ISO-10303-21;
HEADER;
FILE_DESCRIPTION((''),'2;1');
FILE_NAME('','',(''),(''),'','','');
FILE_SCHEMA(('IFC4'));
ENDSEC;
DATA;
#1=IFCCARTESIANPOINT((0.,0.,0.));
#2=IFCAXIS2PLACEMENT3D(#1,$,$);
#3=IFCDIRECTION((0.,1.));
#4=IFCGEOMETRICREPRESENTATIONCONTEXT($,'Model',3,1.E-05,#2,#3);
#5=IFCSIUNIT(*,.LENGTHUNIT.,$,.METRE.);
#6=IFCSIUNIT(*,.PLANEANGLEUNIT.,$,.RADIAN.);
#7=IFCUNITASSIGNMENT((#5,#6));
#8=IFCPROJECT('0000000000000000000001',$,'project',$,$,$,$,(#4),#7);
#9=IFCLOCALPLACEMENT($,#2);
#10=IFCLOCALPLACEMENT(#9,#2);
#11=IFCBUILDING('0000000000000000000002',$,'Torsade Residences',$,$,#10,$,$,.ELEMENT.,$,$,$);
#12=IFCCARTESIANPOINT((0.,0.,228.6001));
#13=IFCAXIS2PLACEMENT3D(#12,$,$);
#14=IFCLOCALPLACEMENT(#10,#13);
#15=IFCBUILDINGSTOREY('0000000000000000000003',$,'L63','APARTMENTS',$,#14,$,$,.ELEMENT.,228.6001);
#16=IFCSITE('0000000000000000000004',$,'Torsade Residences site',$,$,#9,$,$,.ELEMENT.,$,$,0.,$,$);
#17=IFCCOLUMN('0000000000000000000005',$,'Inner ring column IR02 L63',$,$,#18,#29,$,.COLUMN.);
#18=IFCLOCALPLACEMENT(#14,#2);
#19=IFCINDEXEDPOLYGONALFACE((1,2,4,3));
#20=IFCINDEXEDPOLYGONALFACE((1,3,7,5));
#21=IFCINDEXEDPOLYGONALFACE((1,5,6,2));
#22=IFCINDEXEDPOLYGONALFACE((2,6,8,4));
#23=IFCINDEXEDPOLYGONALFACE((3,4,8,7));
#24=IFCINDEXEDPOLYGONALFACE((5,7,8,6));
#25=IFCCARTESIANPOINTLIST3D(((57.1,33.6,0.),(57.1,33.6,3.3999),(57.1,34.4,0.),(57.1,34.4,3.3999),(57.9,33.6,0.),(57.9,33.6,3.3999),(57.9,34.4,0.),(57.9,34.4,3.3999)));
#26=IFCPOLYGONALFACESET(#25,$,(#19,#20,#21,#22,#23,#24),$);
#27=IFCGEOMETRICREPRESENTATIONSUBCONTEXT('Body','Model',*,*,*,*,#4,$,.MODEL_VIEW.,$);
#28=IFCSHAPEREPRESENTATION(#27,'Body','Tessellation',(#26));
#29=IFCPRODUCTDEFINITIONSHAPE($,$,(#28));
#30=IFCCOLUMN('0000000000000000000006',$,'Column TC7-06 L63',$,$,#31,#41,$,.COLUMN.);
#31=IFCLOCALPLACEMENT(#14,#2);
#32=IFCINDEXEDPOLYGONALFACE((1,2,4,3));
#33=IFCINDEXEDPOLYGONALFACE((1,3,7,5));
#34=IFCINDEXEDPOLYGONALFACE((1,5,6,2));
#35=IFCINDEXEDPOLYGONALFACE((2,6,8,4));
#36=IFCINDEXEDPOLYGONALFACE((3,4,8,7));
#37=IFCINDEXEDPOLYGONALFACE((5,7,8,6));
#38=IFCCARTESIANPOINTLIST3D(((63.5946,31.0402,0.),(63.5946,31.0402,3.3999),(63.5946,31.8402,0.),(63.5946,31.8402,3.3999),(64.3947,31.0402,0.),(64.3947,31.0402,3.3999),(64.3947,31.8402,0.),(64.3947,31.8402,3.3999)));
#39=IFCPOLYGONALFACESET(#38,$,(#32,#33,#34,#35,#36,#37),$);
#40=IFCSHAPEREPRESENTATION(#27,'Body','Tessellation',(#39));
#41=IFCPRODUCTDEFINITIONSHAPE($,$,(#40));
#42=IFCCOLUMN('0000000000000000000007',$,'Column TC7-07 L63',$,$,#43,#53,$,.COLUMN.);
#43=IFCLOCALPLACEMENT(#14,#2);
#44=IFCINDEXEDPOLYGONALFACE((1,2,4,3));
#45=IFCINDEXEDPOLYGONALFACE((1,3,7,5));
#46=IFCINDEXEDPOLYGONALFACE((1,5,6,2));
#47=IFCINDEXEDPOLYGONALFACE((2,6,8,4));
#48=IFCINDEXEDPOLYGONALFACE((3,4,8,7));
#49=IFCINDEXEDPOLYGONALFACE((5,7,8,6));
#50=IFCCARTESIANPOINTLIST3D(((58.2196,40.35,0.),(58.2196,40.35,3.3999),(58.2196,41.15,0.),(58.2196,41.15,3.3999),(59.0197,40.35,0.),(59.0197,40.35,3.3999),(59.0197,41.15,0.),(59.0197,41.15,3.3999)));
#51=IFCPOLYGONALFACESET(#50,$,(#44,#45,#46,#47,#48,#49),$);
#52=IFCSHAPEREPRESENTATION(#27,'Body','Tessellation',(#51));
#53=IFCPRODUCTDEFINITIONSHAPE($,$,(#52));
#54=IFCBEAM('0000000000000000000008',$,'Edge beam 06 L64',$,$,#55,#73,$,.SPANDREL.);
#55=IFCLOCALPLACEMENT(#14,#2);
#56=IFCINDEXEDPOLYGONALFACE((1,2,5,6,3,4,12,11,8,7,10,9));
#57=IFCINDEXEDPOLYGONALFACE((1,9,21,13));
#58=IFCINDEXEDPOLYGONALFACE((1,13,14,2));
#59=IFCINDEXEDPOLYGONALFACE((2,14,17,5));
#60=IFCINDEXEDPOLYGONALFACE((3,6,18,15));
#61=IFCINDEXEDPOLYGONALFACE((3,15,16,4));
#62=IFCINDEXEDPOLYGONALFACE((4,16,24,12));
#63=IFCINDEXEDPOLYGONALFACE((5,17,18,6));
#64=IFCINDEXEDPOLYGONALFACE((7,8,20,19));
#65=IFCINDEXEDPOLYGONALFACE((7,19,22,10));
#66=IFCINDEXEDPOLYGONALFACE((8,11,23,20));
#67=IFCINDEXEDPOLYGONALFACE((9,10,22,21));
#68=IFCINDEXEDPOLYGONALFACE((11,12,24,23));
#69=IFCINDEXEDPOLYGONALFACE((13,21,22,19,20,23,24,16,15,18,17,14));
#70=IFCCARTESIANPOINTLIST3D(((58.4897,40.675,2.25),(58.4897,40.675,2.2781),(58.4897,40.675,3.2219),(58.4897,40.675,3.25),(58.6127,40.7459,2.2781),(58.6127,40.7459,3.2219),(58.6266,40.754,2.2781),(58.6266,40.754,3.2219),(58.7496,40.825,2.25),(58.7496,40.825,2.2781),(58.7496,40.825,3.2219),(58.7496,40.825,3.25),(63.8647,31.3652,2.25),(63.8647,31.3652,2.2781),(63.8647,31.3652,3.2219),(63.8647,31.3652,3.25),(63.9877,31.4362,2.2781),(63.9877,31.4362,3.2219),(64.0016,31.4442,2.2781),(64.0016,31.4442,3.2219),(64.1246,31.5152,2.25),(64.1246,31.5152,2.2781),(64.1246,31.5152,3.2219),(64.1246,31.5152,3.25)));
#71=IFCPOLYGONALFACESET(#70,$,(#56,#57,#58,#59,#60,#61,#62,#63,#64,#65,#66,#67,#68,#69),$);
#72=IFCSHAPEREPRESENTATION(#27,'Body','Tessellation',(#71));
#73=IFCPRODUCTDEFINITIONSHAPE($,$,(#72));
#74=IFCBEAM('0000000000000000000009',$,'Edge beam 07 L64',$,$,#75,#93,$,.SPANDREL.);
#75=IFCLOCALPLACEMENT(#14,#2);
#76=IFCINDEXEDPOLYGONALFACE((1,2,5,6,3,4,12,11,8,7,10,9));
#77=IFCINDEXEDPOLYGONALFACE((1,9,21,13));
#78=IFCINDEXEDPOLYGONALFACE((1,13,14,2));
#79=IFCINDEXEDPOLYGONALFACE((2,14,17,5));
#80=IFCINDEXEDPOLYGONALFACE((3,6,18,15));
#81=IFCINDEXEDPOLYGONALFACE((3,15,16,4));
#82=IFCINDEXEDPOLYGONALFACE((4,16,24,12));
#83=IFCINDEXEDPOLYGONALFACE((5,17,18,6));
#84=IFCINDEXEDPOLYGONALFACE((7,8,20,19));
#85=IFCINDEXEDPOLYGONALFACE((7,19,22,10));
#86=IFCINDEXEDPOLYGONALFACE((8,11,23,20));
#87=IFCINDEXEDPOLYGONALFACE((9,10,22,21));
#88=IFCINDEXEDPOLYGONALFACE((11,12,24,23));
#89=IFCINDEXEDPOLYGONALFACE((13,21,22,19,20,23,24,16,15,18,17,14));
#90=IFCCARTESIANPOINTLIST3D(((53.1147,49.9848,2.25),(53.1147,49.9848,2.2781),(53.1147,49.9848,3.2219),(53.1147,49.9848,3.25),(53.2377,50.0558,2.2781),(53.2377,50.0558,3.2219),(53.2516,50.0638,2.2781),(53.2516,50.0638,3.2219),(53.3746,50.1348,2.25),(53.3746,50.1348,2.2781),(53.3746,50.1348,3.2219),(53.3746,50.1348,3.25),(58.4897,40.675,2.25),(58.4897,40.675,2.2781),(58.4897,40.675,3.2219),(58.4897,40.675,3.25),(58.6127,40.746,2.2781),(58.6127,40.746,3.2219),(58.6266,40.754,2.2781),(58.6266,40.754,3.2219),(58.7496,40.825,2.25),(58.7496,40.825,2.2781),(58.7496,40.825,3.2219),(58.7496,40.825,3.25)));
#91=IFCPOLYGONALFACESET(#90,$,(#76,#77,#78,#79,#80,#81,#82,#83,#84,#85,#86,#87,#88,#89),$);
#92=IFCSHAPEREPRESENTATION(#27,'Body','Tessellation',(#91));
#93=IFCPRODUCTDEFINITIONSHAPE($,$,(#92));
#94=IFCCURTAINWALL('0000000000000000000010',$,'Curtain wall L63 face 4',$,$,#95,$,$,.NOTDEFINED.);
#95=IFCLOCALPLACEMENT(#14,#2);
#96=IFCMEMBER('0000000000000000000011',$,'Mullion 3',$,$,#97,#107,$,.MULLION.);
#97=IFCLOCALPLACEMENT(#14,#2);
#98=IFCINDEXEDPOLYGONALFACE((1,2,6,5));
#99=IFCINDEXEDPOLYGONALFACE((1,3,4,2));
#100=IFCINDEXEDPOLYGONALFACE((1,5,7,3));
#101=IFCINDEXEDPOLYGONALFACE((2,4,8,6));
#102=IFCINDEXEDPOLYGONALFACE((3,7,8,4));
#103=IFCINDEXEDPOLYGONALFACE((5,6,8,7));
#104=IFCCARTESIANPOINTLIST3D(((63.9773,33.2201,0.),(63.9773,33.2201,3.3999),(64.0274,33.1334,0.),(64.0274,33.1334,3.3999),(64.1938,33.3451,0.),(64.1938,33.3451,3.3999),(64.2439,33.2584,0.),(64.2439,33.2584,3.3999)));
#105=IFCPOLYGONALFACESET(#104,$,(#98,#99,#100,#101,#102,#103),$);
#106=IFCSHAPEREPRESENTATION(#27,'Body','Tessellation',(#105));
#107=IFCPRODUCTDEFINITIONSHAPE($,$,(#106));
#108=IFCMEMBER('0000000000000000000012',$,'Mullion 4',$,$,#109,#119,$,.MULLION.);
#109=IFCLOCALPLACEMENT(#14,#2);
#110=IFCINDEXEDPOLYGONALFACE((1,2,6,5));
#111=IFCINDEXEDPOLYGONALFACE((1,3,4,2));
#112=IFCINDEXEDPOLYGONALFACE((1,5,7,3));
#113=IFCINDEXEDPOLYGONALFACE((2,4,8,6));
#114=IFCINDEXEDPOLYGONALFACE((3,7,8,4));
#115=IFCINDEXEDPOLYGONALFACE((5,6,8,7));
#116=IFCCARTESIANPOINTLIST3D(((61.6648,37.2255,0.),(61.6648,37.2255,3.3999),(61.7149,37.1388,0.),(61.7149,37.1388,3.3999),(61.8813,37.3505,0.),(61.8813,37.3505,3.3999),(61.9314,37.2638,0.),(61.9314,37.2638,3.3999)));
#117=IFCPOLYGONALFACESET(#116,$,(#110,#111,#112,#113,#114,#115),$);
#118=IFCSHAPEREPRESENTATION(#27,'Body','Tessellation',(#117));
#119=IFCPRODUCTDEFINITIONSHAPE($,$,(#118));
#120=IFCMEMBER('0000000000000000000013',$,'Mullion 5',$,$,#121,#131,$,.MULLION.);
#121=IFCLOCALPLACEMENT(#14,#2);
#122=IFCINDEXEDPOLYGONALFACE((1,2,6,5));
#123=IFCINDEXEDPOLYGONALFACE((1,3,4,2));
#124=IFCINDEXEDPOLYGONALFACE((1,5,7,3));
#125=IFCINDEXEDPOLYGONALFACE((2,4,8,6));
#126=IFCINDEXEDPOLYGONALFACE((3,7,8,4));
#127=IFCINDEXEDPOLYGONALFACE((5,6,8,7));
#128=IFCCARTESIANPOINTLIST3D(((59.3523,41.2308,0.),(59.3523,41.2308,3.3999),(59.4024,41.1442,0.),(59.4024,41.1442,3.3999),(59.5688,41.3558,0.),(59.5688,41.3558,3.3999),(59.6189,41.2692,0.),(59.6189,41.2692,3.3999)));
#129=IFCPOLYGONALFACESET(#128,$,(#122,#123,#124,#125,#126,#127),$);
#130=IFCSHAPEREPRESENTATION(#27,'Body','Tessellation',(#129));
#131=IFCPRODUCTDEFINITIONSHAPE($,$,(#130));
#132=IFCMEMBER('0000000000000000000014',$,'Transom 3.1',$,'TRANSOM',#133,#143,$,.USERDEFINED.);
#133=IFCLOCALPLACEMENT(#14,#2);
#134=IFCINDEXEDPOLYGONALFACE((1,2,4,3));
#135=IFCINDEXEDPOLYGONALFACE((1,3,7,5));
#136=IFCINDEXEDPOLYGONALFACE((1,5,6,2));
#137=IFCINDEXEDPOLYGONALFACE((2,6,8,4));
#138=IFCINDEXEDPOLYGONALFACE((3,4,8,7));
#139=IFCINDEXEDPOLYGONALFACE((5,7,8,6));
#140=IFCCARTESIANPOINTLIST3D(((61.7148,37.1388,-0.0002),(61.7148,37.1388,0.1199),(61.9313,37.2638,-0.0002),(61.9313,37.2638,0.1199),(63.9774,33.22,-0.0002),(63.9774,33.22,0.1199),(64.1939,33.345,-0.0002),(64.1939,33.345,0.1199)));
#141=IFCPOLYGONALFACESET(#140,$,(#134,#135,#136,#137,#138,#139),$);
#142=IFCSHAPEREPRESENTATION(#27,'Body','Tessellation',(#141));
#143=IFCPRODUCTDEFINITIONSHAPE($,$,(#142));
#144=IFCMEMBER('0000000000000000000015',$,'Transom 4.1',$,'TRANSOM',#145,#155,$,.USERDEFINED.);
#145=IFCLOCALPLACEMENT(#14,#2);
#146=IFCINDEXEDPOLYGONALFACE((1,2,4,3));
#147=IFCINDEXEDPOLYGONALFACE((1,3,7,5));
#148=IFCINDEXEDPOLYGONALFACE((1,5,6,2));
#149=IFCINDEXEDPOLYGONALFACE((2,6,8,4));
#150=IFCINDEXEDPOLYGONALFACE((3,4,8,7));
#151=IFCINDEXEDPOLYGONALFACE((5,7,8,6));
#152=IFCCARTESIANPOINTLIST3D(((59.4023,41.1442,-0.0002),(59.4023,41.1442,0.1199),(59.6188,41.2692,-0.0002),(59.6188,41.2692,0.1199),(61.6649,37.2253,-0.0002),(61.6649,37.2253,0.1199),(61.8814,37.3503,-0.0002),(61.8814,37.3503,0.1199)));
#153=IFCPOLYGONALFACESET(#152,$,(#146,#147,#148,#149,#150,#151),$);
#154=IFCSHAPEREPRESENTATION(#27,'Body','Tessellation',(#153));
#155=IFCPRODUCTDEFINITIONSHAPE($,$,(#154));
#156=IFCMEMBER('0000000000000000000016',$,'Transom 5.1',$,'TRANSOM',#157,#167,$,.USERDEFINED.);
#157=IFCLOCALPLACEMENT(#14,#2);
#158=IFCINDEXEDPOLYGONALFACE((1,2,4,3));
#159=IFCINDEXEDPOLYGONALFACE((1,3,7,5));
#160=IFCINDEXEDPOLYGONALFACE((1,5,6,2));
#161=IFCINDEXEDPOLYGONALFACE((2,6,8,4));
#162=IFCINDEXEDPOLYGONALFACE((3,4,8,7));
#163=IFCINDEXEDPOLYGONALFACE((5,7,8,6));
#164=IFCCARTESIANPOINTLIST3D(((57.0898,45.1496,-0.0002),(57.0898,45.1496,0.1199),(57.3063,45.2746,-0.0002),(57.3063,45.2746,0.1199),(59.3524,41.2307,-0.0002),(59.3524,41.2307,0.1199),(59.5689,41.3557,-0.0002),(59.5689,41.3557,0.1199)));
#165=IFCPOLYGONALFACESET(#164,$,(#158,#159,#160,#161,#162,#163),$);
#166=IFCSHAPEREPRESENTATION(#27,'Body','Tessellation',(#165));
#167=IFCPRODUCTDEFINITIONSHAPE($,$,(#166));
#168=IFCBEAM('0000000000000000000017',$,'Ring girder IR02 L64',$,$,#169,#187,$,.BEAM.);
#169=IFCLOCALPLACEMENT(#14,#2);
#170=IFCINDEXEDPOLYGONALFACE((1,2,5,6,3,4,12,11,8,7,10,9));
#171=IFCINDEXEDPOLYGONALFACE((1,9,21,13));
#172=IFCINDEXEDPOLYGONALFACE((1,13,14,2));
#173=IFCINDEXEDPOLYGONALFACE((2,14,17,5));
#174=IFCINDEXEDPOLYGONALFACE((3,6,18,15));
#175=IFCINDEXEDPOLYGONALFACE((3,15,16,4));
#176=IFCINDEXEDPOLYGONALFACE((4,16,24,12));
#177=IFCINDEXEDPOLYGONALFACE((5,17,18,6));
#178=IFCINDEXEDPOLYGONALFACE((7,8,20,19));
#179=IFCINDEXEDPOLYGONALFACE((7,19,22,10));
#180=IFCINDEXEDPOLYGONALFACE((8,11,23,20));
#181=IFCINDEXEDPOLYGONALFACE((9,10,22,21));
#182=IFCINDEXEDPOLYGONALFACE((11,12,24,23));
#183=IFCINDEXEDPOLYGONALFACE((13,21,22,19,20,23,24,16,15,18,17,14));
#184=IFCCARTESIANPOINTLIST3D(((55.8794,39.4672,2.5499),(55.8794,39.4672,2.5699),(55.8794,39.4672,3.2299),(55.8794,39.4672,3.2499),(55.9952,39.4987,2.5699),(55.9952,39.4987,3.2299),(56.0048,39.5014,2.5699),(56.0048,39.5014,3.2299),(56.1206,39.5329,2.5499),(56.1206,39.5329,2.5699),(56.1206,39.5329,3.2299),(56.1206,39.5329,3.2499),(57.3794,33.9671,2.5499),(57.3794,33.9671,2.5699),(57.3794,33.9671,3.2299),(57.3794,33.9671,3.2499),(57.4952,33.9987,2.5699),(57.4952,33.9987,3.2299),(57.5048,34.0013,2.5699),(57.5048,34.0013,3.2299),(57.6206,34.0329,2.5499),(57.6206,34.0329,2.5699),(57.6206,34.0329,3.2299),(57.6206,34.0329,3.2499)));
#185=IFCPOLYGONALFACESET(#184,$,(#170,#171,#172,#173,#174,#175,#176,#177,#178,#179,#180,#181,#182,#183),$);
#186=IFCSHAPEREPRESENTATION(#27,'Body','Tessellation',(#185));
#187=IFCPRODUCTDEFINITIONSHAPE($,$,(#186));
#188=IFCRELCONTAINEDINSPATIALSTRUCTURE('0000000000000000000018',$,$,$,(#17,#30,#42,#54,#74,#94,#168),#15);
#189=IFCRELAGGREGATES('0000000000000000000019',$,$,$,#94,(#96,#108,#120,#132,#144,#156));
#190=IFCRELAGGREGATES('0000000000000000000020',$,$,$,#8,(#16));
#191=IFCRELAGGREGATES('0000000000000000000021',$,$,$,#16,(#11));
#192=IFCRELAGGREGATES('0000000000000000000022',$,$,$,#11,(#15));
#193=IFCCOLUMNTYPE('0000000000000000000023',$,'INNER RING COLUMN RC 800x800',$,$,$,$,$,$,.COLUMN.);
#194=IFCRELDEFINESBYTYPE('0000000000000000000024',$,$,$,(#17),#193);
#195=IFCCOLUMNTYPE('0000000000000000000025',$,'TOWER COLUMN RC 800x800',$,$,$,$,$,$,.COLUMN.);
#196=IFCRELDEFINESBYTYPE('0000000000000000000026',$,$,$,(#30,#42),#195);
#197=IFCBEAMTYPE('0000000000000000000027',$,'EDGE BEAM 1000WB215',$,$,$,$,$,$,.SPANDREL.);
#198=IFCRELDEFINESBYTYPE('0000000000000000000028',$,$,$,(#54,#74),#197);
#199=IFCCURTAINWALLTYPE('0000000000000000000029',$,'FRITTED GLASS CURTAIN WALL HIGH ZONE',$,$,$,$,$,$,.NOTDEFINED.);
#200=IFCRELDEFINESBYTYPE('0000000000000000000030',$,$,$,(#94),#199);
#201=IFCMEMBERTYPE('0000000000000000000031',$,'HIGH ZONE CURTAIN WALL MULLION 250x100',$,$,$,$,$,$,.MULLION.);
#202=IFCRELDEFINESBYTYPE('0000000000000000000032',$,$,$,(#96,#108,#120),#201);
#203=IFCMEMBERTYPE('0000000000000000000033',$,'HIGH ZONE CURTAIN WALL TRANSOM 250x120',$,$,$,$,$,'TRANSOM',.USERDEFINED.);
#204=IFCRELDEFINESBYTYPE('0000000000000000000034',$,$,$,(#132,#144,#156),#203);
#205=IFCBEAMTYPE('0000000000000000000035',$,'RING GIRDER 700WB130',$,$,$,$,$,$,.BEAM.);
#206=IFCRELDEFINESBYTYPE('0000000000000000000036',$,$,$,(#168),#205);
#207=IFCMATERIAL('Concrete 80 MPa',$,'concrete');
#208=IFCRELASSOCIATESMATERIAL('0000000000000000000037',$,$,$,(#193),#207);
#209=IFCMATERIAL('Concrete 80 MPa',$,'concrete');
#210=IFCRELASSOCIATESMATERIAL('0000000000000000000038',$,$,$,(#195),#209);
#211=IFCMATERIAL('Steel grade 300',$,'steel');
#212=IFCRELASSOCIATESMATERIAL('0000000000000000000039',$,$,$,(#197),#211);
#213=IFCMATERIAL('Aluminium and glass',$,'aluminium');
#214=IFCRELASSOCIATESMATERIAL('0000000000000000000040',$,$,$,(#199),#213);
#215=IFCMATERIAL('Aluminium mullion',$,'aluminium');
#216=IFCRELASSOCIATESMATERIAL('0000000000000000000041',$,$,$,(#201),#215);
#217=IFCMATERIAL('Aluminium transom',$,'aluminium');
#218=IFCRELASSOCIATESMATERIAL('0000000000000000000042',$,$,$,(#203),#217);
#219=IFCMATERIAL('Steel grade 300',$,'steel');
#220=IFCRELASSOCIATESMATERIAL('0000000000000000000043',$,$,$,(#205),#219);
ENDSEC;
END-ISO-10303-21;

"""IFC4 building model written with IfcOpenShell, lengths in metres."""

from ifc_helpers import new_model, si_unit, direction, frame, origin, origin_2d, place, context, subcontext, project, spatial, rectangle, i_section, extrude, material, material_profile, profile_set, type_object, element, aggregate, save


model = new_model("IFC4")

# Units and contexts
model_context = context("Model", 3, precision=1e-05, world=origin(), true_north=direction((0.0, 1.0)))
body_context = subcontext(model_context, "Body", "Model", "MODEL_VIEW")
ifc_project = project(units=[si_unit("LENGTHUNIT", "METRE"), si_unit("PLANEANGLEUNIT", "RADIAN")], contexts=[model_context])

# Site, building, storey
site_placement = place(None, origin())
site = spatial("IfcSite", under=ifc_project, at=site_placement, Name="Torsade Residences site", CompositionType="ELEMENT", RefElevation=0.0)
building_placement = place(site_placement, origin())
building = spatial("IfcBuilding", under=site, at=building_placement, Name="Torsade Residences", CompositionType="ELEMENT")
storey_placement = place(building_placement, frame((0.0, 0.0, 228.6001)))
storey = spatial("IfcBuildingStorey", under=building, at=storey_placement, Name="L63", Description="APARTMENTS", CompositionType="ELEMENT", Elevation=228.6001)

# Columns
ifc_material_1 = material(Name="Concrete 80 MPa", Category="concrete")
ifc_material_profile_1 = material_profile(ifc_material_1, rectangle(XDim=0.8, YDim=0.8, at=origin_2d()), Name="RC 800x800")
ifc_profile_set_1 = profile_set([ifc_material_profile_1], Name="Concrete 80 MPa")
column_type_1 = type_object("IfcColumnType", Name="INNER RING COLUMN RC 800x800", PredefinedType="COLUMN", material=ifc_profile_set_1)
column_placement = place(storey_placement, frame((57.5, 34.0, 0.0), z_axis=(0.0, 0.0, 1.0), x_axis=(1.0, 0.0, 0.0)))
element("IfcColumn", 1, at=column_placement, inside=storey, type_object=column_type_1, Name="Inner ring column IR02 L63", PredefinedType="COLUMN", context=body_context, shape_type="SweptSolid", body=[
    extrude(rectangle(XDim=0.8, YDim=0.8, at=origin_2d()), origin(), (0.0, 0.0, 1.0), 3.3999),
])
ifc_material_2 = material(Name="Concrete 80 MPa", Category="concrete")
ifc_material_profile_2 = material_profile(ifc_material_2, rectangle(XDim=0.8, YDim=0.8, at=origin_2d()), Name="RC 800x800")
ifc_profile_set_2 = profile_set([ifc_material_profile_2], Name="Concrete 80 MPa")
column_type_2 = type_object("IfcColumnType", Name="TOWER COLUMN RC 800x800", PredefinedType="COLUMN", material=ifc_profile_set_2)
for number, where, z_axis, x_axis, name in (
    (2, (63.9946, 31.4402, 0.0), (0.0, 0.0, 1.0), (1.0, 0.0, 0.0), "Column TC7-06 L63"),
    (3, (58.6196, 40.75, 0.0), (0.0, 0.0, 1.0), (1.0, 0.0, 0.0), "Column TC7-07 L63"),
):
    element("IfcColumn", number, at=place(storey_placement, frame(where, z_axis=z_axis, x_axis=x_axis)), inside=storey, type_object=column_type_2, Name=name, PredefinedType="COLUMN", context=body_context, shape_type="SweptSolid", body=[
        extrude(rectangle(XDim=0.8, YDim=0.8, at=origin_2d()), origin(), (0.0, 0.0, 1.0), 3.3999),
    ])

# Beams
ifc_material_3 = material(Name="Steel grade 300", Category="steel")
ifc_material_profile_3 = material_profile(ifc_material_3, i_section(OverallWidth=0.3, OverallDepth=1.0, WebThickness=0.0161, FlangeThickness=0.0281, at=origin_2d()), Name="1000WB215")
ifc_profile_set_3 = profile_set([ifc_material_profile_3], Name="Steel grade 300")
beam_type_1 = type_object("IfcBeamType", Name="EDGE BEAM 1000WB215", PredefinedType="SPANDREL", material=ifc_profile_set_3)
for number, where, z_axis, x_axis, name in (
    (4, (63.9946, 31.4402, 2.75), (-0.499998, 0.866026, 0.0), (-0.866026, -0.499998, 0.0), "Edge beam 06 L64"),
    (5, (58.6196, 40.75, 2.75), (-0.499998, 0.866026, 0.0), (-0.866026, -0.499998, 0.0), "Edge beam 07 L64"),
):
    element("IfcBeam", number, at=place(storey_placement, frame(where, z_axis=z_axis, x_axis=x_axis)), inside=storey, type_object=beam_type_1, Name=name, PredefinedType="SPANDREL", context=body_context, shape_type="SweptSolid", body=[
        extrude(i_section(OverallWidth=0.3, OverallDepth=1.0, WebThickness=0.0161, FlangeThickness=0.0281, at=origin_2d()), origin(), (0.0, 0.0, 1.0), 10.75),
    ])

# Curtain wall, members
ifc_material_4 = material(Name="Aluminium and glass", Category="aluminium")
curtain_wall_type = type_object("IfcCurtainWallType", Name="FRITTED GLASS CURTAIN WALL HIGH ZONE", PredefinedType="NOTDEFINED", material=ifc_material_4)
curtain_wall_placement = place(storey_placement, origin())
curtain_wall = element("IfcCurtainWall", 6, at=curtain_wall_placement, inside=storey, type_object=curtain_wall_type, Name="Curtain wall L63 face 4", PredefinedType="NOTDEFINED")
ifc_material_5 = material(Name="Aluminium mullion", Category="aluminium")
ifc_material_profile_4 = material_profile(ifc_material_5, rectangle(XDim=0.25, YDim=0.1001, at=origin_2d()), Name="HIGH ZONE CURTAIN WALL MULLION 250x100")
ifc_profile_set_4 = profile_set([ifc_material_profile_4], Name="Aluminium mullion")
member_type_1 = type_object("IfcMemberType", Name="HIGH ZONE CURTAIN WALL MULLION 250x100", PredefinedType="MULLION", material=ifc_profile_set_4)
member_1_placement = place(storey_placement, frame((64.1106, 33.2393, 0.0), z_axis=(0.0, 0.0, 1.0), x_axis=(-0.866025, -0.5, 0.0)))
member_1 = element("IfcMember", 7, at=member_1_placement, type_object=member_type_1, Name="Mullion 3", PredefinedType="MULLION", context=body_context, shape_type="SweptSolid", body=[
    extrude(rectangle(XDim=0.25, YDim=0.1001, at=origin_2d()), origin(), (0.0, 0.0, 1.0), 3.3999),
])
member_2_placement = place(storey_placement, frame((61.7981, 37.2446, 0.0), z_axis=(0.0, 0.0, 1.0), x_axis=(-0.866025, -0.5, 0.0)))
member_2 = element("IfcMember", 8, at=member_2_placement, type_object=member_type_1, Name="Mullion 4", PredefinedType="MULLION", context=body_context, shape_type="SweptSolid", body=[
    extrude(rectangle(XDim=0.25, YDim=0.1001, at=origin_2d()), origin(), (0.0, 0.0, 1.0), 3.3999),
])
member_3_placement = place(storey_placement, frame((59.4856, 41.25, 0.0), z_axis=(0.0, 0.0, 1.0), x_axis=(-0.866025, -0.5, 0.0)))
member_3 = element("IfcMember", 9, at=member_3_placement, type_object=member_type_1, Name="Mullion 5", PredefinedType="MULLION", context=body_context, shape_type="SweptSolid", body=[
    extrude(rectangle(XDim=0.25, YDim=0.1001, at=origin_2d()), origin(), (0.0, 0.0, 1.0), 3.3999),
])
ifc_material_6 = material(Name="Aluminium transom", Category="aluminium")
ifc_material_profile_5 = material_profile(ifc_material_6, rectangle(XDim=0.25, YDim=0.1201, at=origin_2d()), Name="HIGH ZONE CURTAIN WALL TRANSOM 250x120")
ifc_profile_set_5 = profile_set([ifc_material_profile_5], Name="Aluminium transom")
member_type_2 = type_object("IfcMemberType", Name="HIGH ZONE CURTAIN WALL TRANSOM 250x120", ElementType="TRANSOM", PredefinedType="USERDEFINED", material=ifc_profile_set_5)
member_4_placement = place(storey_placement, frame((64.0857, 33.2825, 0.0598), z_axis=(-0.500015, 0.866017, 0.0), x_axis=(-0.866017, -0.500015, 0.0)))
member_4 = element("IfcMember", 10, at=member_4_placement, type_object=member_type_2, Name="Transom 3.1", ObjectType="TRANSOM", PredefinedType="USERDEFINED", context=body_context, shape_type="SweptSolid", body=[
    extrude(rectangle(XDim=0.25, YDim=0.1201, at=origin_2d()), origin(), (0.0, 0.0, 1.0), 4.5251),
])
member_5_placement = place(storey_placement, frame((61.7732, 37.2878, 0.0598), z_axis=(-0.500015, 0.866017, 0.0), x_axis=(-0.866017, -0.500015, 0.0)))
member_5 = element("IfcMember", 11, at=member_5_placement, type_object=member_type_2, Name="Transom 4.1", ObjectType="TRANSOM", PredefinedType="USERDEFINED", context=body_context, shape_type="SweptSolid", body=[
    extrude(rectangle(XDim=0.25, YDim=0.1201, at=origin_2d()), origin(), (0.0, 0.0, 1.0), 4.5251),
])
member_6_placement = place(storey_placement, frame((59.4607, 41.2932, 0.0598), z_axis=(-0.500015, 0.866017, 0.0), x_axis=(-0.866017, -0.500015, 0.0)))
member_6 = element("IfcMember", 12, at=member_6_placement, type_object=member_type_2, Name="Transom 5.1", ObjectType="TRANSOM", PredefinedType="USERDEFINED", context=body_context, shape_type="SweptSolid", body=[
    extrude(rectangle(XDim=0.25, YDim=0.1201, at=origin_2d()), origin(), (0.0, 0.0, 1.0), 4.5251),
])

# Beam
ifc_material_7 = material(Name="Steel grade 300", Category="steel")
ifc_material_profile_6 = material_profile(ifc_material_7, i_section(OverallWidth=0.25, OverallDepth=0.7, WebThickness=0.01, FlangeThickness=0.02, at=origin_2d()), Name="700WB130")
ifc_profile_set_6 = profile_set([ifc_material_profile_6], Name="Steel grade 300")
beam_type_2 = type_object("IfcBeamType", Name="RING GIRDER 700WB130", PredefinedType="BEAM", material=ifc_profile_set_6)
beam_1_placement = place(storey_placement, frame((57.5, 34.0, 2.8999), z_axis=(-0.263117, 0.964764, 0.0), x_axis=(-0.964764, -0.263117, 0.0)))
element("IfcBeam", 13, at=beam_1_placement, inside=storey, type_object=beam_type_2, Name="Ring girder IR02 L64", PredefinedType="BEAM", context=body_context, shape_type="SweptSolid", body=[
    extrude(i_section(OverallWidth=0.25, OverallDepth=0.7, WebThickness=0.01, FlangeThickness=0.02, at=origin_2d()), origin(), (0.0, 0.0, 1.0), 5.7009),
])

aggregate(curtain_wall, [member_1, member_2, member_3, member_4, member_5, member_6])

save(model, "model.ifc")
